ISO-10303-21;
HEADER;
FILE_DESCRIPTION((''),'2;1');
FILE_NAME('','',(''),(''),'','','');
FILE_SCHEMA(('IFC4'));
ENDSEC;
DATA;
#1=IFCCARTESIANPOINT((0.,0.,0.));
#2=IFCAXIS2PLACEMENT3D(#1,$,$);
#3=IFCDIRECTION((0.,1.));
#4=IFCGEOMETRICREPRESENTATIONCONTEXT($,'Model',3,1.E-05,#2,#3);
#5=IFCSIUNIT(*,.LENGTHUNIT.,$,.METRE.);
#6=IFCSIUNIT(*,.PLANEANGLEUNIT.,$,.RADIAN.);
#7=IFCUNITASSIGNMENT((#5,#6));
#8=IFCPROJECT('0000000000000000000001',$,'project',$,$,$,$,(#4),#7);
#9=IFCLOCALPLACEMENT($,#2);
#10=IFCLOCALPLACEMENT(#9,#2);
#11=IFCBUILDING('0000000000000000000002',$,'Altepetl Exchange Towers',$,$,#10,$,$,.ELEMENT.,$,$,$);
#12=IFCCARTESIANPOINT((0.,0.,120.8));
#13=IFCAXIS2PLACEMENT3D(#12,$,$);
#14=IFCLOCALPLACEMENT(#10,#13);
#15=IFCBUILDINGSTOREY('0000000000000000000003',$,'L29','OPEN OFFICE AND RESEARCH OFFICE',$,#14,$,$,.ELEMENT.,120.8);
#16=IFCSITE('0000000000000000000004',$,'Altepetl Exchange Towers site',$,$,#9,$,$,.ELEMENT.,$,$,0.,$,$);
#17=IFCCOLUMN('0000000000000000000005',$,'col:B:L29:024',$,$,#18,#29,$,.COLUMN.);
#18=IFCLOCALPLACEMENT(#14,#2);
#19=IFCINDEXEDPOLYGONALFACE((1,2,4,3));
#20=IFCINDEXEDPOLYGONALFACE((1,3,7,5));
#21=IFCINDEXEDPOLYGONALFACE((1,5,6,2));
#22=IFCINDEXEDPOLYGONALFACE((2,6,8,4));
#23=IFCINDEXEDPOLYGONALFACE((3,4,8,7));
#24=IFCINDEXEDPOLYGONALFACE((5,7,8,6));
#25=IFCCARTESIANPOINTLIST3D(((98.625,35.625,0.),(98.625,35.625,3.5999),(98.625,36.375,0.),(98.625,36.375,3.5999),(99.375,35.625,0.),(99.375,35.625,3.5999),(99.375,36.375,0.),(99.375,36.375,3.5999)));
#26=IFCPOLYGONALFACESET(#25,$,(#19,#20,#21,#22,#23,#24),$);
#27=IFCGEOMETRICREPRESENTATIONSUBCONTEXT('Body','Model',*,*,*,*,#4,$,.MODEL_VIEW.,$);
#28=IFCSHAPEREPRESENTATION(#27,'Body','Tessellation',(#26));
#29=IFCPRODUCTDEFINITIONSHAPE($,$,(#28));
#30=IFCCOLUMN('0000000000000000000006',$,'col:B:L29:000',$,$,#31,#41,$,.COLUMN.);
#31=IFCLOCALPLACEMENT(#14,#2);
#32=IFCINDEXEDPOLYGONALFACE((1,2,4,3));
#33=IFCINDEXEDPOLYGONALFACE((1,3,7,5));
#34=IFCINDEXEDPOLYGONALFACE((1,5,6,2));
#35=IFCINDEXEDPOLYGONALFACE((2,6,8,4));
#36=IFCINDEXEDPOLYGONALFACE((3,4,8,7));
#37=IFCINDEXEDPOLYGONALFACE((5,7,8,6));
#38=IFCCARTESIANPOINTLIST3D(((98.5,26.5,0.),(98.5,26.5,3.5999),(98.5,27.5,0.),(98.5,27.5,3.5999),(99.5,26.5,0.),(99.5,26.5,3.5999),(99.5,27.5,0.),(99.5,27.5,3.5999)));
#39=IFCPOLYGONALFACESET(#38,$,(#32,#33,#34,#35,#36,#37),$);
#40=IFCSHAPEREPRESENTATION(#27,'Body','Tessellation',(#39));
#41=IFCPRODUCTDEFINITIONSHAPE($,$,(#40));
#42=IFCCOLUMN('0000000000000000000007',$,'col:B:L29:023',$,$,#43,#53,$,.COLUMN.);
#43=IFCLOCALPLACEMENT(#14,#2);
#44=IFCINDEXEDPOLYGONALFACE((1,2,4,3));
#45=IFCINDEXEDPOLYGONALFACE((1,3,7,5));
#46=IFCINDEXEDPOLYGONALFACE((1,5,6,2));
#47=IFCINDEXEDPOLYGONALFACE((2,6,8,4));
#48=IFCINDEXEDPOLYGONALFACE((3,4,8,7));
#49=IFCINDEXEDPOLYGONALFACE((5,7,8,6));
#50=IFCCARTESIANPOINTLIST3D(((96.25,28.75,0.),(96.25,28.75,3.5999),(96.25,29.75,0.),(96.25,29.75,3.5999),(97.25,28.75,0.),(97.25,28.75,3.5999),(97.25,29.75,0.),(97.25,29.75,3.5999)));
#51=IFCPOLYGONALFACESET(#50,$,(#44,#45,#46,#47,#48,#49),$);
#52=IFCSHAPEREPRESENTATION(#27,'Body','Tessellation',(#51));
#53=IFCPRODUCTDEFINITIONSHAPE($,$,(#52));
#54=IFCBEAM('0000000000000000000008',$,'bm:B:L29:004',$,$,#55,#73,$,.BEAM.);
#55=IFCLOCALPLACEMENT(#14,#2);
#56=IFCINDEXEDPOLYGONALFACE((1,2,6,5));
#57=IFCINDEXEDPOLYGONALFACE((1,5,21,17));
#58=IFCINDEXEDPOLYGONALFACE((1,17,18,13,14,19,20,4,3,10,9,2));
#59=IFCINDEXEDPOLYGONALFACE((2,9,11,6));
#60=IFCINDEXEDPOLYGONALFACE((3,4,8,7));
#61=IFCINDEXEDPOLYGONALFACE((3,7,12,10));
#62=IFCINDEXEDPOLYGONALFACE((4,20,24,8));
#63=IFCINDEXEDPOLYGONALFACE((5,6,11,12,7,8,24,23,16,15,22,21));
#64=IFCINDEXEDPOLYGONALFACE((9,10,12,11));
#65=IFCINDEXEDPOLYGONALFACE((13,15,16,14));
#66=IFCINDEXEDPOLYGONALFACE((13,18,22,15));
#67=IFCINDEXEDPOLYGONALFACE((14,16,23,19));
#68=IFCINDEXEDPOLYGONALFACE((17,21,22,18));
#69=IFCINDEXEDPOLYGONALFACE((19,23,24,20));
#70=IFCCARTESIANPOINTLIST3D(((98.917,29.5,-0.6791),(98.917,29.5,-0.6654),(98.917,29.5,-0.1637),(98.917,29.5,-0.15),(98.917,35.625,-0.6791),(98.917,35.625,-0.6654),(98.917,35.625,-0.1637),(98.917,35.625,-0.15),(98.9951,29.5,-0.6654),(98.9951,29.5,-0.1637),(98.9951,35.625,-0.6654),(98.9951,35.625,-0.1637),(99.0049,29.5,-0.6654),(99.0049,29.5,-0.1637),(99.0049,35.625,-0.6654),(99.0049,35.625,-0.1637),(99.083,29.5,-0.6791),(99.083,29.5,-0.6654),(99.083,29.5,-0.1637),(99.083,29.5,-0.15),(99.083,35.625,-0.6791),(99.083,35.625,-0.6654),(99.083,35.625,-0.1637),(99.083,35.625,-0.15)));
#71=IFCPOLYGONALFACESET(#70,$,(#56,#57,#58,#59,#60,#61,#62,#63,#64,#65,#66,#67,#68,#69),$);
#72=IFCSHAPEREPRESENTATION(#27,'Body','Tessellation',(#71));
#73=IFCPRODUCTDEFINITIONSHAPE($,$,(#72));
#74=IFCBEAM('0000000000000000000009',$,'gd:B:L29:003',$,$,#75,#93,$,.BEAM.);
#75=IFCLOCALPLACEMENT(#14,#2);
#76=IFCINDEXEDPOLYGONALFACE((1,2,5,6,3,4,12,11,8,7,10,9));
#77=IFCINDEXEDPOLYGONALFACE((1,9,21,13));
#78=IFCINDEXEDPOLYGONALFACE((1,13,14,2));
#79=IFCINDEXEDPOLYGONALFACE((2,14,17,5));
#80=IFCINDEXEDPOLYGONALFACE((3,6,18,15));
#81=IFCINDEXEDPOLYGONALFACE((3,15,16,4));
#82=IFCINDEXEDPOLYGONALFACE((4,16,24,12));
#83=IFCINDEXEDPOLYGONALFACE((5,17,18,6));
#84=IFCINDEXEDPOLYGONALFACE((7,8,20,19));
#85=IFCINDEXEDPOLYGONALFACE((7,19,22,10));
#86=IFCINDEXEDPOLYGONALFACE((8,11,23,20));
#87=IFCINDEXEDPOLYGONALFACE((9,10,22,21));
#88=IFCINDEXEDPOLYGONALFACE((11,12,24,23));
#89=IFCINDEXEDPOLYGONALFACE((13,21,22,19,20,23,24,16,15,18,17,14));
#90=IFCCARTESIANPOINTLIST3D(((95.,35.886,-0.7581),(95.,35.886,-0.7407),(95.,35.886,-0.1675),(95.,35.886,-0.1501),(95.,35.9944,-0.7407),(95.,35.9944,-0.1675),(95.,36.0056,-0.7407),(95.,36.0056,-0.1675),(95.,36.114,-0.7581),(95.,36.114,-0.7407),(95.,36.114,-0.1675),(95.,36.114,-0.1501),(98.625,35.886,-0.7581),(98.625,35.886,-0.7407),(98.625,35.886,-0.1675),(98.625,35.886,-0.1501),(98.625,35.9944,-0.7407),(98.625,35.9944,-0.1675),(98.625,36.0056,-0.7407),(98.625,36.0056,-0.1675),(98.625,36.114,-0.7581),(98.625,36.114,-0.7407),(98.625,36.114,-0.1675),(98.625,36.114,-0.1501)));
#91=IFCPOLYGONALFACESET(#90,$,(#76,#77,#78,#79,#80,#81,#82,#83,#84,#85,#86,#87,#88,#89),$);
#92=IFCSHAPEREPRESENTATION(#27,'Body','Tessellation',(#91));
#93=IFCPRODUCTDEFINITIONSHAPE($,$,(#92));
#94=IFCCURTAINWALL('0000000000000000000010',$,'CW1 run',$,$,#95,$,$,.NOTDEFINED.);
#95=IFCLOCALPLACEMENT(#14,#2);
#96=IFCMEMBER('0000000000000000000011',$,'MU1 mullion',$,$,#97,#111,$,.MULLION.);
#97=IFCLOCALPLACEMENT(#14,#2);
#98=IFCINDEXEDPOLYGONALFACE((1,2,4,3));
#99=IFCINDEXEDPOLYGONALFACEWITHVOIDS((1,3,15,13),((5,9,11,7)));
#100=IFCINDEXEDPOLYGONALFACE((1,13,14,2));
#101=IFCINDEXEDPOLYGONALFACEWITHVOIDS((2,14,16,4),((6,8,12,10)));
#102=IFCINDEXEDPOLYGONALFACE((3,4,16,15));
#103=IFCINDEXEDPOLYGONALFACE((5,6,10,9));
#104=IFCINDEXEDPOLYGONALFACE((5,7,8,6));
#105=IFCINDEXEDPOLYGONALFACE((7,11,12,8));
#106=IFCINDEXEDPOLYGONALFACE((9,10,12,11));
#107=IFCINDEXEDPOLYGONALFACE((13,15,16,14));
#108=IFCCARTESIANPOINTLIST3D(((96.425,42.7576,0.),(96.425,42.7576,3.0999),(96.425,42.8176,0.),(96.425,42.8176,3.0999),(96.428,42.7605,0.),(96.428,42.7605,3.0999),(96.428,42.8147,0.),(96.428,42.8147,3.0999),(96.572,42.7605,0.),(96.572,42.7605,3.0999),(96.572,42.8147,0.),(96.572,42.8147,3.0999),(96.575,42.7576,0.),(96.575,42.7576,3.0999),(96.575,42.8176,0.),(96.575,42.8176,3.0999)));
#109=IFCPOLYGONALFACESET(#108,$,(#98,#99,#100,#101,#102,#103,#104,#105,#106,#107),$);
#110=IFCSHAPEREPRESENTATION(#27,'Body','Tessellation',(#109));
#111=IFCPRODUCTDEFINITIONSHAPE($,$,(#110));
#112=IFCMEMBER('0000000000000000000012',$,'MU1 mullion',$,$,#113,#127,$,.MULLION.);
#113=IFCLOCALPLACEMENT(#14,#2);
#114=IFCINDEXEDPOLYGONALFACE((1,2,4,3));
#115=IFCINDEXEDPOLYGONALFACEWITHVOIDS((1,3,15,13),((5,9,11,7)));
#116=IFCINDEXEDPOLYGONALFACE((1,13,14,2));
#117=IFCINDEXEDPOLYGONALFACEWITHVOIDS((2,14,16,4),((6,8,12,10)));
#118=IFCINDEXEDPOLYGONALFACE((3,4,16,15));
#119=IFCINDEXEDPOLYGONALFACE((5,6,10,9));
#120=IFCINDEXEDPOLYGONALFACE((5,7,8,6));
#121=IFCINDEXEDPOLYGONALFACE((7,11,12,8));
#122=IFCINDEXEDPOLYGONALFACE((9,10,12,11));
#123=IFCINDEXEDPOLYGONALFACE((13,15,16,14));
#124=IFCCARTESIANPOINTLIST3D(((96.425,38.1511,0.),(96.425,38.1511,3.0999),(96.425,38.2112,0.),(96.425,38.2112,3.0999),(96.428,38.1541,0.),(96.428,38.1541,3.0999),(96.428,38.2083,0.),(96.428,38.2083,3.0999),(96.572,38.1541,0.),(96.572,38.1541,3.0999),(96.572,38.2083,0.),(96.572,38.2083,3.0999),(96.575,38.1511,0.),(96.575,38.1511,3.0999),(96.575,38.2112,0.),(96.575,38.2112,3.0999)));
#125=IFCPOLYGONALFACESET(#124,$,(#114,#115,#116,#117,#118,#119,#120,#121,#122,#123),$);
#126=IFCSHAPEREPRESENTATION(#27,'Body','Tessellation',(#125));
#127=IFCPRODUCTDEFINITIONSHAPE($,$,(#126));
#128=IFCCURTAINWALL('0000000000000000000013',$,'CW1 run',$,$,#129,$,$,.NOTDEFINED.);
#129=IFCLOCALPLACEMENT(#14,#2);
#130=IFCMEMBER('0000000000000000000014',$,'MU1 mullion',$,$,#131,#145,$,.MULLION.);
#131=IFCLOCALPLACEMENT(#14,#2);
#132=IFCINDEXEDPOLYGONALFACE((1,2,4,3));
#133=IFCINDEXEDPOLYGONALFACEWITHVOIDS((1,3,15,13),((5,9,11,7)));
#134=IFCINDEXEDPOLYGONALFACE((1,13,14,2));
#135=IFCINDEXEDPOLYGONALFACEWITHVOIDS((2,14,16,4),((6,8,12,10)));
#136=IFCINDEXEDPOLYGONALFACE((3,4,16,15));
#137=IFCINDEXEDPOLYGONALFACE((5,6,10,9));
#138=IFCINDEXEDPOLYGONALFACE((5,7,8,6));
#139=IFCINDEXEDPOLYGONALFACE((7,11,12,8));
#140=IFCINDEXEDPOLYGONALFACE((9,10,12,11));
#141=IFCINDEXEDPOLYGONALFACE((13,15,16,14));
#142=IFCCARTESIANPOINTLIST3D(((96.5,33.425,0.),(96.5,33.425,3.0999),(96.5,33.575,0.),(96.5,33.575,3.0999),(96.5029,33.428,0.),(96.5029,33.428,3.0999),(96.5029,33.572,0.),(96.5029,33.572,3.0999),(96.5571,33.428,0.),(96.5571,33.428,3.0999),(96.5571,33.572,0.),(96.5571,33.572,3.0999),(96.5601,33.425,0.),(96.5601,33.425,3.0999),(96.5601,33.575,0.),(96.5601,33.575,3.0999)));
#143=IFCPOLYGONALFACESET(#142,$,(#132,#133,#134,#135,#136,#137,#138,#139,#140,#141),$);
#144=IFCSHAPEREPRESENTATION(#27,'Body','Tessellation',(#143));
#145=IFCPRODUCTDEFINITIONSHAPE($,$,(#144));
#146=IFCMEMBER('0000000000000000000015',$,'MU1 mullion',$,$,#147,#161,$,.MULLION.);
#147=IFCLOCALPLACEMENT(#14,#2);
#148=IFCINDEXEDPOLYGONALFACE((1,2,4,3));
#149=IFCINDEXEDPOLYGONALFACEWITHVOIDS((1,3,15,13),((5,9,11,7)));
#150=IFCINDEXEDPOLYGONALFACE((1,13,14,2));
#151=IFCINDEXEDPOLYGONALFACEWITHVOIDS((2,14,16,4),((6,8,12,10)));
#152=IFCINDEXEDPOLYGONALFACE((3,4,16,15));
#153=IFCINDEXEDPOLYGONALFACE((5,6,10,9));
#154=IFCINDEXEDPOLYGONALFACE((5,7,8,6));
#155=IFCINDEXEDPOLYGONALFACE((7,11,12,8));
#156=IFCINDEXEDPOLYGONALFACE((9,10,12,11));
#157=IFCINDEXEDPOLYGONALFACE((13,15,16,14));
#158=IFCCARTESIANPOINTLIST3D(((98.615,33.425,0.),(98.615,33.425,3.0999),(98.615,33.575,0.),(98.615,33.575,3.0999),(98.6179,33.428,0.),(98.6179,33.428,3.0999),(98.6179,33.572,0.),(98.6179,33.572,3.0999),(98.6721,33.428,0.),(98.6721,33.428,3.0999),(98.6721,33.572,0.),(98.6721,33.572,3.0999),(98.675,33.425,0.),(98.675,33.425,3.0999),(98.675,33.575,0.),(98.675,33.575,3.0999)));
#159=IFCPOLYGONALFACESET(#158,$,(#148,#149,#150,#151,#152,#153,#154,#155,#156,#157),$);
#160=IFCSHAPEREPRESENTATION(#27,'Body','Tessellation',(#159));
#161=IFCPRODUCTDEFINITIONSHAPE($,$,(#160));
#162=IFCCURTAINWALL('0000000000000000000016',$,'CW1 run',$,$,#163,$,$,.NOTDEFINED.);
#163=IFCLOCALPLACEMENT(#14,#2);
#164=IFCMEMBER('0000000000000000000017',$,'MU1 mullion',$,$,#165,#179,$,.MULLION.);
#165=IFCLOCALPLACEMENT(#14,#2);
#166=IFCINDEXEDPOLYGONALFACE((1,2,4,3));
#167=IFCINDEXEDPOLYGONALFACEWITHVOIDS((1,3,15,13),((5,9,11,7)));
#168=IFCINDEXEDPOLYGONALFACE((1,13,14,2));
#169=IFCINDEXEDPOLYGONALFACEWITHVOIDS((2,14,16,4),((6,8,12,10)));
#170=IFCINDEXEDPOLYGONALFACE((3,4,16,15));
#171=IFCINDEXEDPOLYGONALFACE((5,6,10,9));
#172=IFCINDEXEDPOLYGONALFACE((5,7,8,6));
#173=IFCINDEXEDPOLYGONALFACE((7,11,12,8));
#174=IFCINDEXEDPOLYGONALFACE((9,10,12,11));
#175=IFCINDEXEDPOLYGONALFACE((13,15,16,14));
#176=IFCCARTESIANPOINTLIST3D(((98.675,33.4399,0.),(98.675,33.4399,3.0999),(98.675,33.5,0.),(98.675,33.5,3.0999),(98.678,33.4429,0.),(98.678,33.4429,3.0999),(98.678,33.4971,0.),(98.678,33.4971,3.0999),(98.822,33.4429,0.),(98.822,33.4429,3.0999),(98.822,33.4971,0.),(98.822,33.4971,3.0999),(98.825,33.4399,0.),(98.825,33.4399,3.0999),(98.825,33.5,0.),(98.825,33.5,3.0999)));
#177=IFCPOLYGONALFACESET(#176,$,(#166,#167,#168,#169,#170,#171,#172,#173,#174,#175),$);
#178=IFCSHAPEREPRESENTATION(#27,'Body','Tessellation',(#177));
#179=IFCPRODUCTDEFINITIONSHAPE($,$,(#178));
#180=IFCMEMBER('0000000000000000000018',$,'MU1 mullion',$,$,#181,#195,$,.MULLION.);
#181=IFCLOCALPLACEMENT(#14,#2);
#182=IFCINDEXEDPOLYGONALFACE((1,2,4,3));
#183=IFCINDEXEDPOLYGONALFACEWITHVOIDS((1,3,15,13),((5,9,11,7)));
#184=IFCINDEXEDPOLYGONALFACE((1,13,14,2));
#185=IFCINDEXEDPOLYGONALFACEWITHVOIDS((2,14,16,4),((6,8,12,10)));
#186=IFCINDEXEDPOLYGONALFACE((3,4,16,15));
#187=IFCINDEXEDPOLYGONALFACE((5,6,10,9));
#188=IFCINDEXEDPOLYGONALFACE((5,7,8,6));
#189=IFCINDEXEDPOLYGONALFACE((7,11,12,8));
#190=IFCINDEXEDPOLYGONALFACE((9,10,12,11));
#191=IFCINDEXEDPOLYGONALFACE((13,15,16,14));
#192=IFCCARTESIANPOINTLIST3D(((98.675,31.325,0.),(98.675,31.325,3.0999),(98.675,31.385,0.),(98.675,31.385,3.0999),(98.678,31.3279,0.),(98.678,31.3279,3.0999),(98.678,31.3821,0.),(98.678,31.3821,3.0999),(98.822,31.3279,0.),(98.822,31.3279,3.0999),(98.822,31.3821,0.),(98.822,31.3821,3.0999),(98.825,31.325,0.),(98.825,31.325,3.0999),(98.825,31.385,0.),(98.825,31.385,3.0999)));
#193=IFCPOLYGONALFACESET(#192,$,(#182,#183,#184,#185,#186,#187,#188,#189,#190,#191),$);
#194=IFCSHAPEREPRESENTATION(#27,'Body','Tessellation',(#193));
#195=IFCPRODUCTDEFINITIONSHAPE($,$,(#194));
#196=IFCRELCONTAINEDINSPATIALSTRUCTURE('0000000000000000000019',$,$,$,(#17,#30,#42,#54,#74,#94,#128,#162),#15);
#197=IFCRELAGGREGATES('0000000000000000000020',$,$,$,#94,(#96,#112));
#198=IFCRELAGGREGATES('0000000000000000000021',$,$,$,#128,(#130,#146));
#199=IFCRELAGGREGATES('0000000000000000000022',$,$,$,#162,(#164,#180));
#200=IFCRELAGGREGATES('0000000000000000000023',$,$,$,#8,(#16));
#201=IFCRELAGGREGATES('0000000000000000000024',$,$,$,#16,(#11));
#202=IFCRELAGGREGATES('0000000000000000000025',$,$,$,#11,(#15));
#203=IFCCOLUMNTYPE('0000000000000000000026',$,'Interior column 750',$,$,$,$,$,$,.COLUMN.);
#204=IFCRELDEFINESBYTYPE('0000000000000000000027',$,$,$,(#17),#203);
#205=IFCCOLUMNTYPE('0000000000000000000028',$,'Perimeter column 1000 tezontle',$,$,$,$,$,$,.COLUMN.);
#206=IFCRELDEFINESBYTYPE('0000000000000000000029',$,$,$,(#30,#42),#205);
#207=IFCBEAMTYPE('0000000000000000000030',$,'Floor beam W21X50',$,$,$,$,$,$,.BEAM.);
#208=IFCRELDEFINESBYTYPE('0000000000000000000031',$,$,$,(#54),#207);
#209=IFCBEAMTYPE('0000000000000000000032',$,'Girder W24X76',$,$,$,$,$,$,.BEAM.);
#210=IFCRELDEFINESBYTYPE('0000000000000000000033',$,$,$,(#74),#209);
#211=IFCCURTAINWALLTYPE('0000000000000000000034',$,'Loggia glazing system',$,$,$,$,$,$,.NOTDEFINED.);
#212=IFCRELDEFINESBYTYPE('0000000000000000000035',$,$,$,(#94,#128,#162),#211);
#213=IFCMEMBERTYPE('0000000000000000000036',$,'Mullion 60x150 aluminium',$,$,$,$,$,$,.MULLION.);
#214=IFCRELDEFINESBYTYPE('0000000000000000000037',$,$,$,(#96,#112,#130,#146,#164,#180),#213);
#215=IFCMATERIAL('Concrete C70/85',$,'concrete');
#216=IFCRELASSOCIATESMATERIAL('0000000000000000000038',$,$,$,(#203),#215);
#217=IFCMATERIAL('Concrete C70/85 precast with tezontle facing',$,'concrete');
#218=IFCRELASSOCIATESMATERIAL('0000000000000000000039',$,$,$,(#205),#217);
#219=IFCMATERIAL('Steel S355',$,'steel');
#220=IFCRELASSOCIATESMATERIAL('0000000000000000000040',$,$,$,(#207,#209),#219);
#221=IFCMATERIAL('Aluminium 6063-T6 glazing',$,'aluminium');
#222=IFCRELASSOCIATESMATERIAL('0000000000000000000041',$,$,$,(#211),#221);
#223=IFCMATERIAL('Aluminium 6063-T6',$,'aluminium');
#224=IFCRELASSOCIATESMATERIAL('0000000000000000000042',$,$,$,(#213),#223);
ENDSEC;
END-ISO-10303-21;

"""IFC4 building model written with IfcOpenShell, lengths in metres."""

from ifc_helpers import new_model, si_unit, direction, frame, origin, origin_2d, place, context, subcontext, project, spatial, rectangle, hollow_rectangle, i_section, extrude, material, material_profile, profile_set, type_object, element, aggregate, save


model = new_model("IFC4")

# Units and contexts
model_context = context("Model", 3, precision=1e-05, world=origin(), true_north=direction((0.0, 1.0)))
body_context = subcontext(model_context, "Body", "Model", "MODEL_VIEW")
ifc_project = project(units=[si_unit("LENGTHUNIT", "METRE"), si_unit("PLANEANGLEUNIT", "RADIAN")], contexts=[model_context])

# Site, building, storey
site_placement = place(None, origin())
site = spatial("IfcSite", under=ifc_project, at=site_placement, Name="Altepetl Exchange Towers site", CompositionType="ELEMENT", RefElevation=0.0)
building_placement = place(site_placement, origin())
building = spatial("IfcBuilding", under=site, at=building_placement, Name="Altepetl Exchange Towers", CompositionType="ELEMENT")
storey_placement = place(building_placement, frame((0.0, 0.0, 120.8)))
storey = spatial("IfcBuildingStorey", under=building, at=storey_placement, Name="L29", Description="OPEN OFFICE AND RESEARCH OFFICE", CompositionType="ELEMENT", Elevation=120.8)

# Columns
ifc_material_1 = material(Name="Concrete C70/85", Category="concrete")
ifc_material_profile_1 = material_profile(ifc_material_1, rectangle(XDim=0.75, YDim=0.75, at=origin_2d()), Name="750 x 750")
ifc_profile_set_1 = profile_set([ifc_material_profile_1], Name="Concrete C70/85")
column_type_1 = type_object("IfcColumnType", Name="Interior column 750", PredefinedType="COLUMN", material=ifc_profile_set_1)
column_placement = place(storey_placement, frame((99.0, 36.0, 0.0)))
element("IfcColumn", 1, at=column_placement, inside=storey, type_object=column_type_1, Name="col:B:L29:024", PredefinedType="COLUMN", context=body_context, shape_type="SweptSolid", body=[
    extrude(rectangle(XDim=0.75, YDim=0.75, at=origin_2d()), origin(), (0.0, 0.0, 1.0), 3.5999),
])
ifc_material_2 = material(Name="Concrete C70/85 precast with tezontle facing", Category="concrete")
ifc_material_profile_2 = material_profile(ifc_material_2, rectangle(XDim=1.0, YDim=1.0, at=origin_2d()), Name="1000 x 1000")
ifc_profile_set_2 = profile_set([ifc_material_profile_2], Name="Concrete C70/85 precast with tezontle facing")
column_type_2 = type_object("IfcColumnType", Name="Perimeter column 1000 tezontle", PredefinedType="COLUMN", material=ifc_profile_set_2)
for number, where, name in (
    (2, (99.0, 27.0, 0.0), "col:B:L29:000"),
    (3, (96.75, 29.25, 0.0), "col:B:L29:023"),
):
    element("IfcColumn", number, at=place(storey_placement, frame(where)), inside=storey, type_object=column_type_2, Name=name, PredefinedType="COLUMN", context=body_context, shape_type="SweptSolid", body=[
        extrude(rectangle(XDim=1.0, YDim=1.0, at=origin_2d()), origin(), (0.0, 0.0, 1.0), 3.5999),
    ])

# Beams
ifc_material_3 = material(Name="Steel S355", Category="steel")
ifc_material_profile_3 = material_profile(ifc_material_3, i_section(OverallWidth=0.166, OverallDepth=0.5291, WebThickness=0.0098, FlangeThickness=0.0137, at=origin_2d()), Name="W21X50")
ifc_profile_set_3 = profile_set([ifc_material_profile_3], Name="Steel S355")
beam_type_1 = type_object("IfcBeamType", Name="Floor beam W21X50", PredefinedType="BEAM", material=ifc_profile_set_3)
beam_1_placement = place(storey_placement, frame((99.0, 29.5, -0.4146), z_axis=(0.0, 1.0, 0.0), x_axis=(-1.0, 0.0, 0.0)))
element("IfcBeam", 4, at=beam_1_placement, inside=storey, type_object=beam_type_1, Name="bm:B:L29:004", PredefinedType="BEAM", context=body_context, shape_type="SweptSolid", body=[
    extrude(i_section(OverallWidth=0.166, OverallDepth=0.5291, WebThickness=0.0098, FlangeThickness=0.0137, at=origin_2d()), origin(), (0.0, 0.0, 1.0), 6.125),
])
ifc_material_profile_4 = material_profile(ifc_material_3, i_section(OverallWidth=0.228, OverallDepth=0.6079, WebThickness=0.0112, FlangeThickness=0.0173, at=origin_2d()), Name="W24X76")
ifc_profile_set_4 = profile_set([ifc_material_profile_4], Name="Steel S355")
beam_type_2 = type_object("IfcBeamType", Name="Girder W24X76", PredefinedType="BEAM", material=ifc_profile_set_4)
beam_2_placement = place(storey_placement, frame((98.625, 36.0, -0.4541), z_axis=(-1.0, 0.0, 0.0), x_axis=(0.0, -1.0, 0.0)))
element("IfcBeam", 5, at=beam_2_placement, inside=storey, type_object=beam_type_2, Name="gd:B:L29:003", PredefinedType="BEAM", context=body_context, shape_type="SweptSolid", body=[
    extrude(i_section(OverallWidth=0.228, OverallDepth=0.6079, WebThickness=0.0112, FlangeThickness=0.0173, at=origin_2d()), origin(), (0.0, 0.0, 1.0), 3.625),
])

# Curtain walls, members
ifc_material_4 = material(Name="Aluminium 6063-T6 glazing", Category="aluminium")
curtain_wall_type = type_object("IfcCurtainWallType", Name="Loggia glazing system", PredefinedType="NOTDEFINED", material=ifc_material_4)
curtain_wall_1_placement = place(storey_placement, origin())
curtain_wall_1 = element("IfcCurtainWall", 6, at=curtain_wall_1_placement, inside=storey, type_object=curtain_wall_type, Name="CW1 run", PredefinedType="NOTDEFINED")
ifc_material_5 = material(Name="Aluminium 6063-T6", Category="aluminium")
ifc_material_profile_5 = material_profile(ifc_material_5, hollow_rectangle(XDim=0.0601, YDim=0.1499, WallThickness=0.0029, at=origin_2d()), Name="Mullion 60x150 aluminium")
ifc_profile_set_5 = profile_set([ifc_material_profile_5], Name="Aluminium 6063-T6")
member_type = type_object("IfcMemberType", Name="Mullion 60x150 aluminium", PredefinedType="MULLION", material=ifc_profile_set_5)
member_1_placement = place(storey_placement, frame((96.5, 42.7876, 0.0), z_axis=(0.0, 0.0, 1.0), x_axis=(0.0, -1.0, 0.0)))
member_1 = element("IfcMember", 7, at=member_1_placement, type_object=member_type, Name="MU1 mullion", PredefinedType="MULLION", context=body_context, shape_type="SweptSolid", body=[
    extrude(hollow_rectangle(XDim=0.0601, YDim=0.1499, WallThickness=0.0029, at=origin_2d()), origin(), (0.0, 0.0, 1.0), 3.0999),
])
member_2_placement = place(storey_placement, frame((96.5, 38.1812, 0.0), z_axis=(0.0, 0.0, 1.0), x_axis=(0.0, -1.0, 0.0)))
member_2 = element("IfcMember", 8, at=member_2_placement, type_object=member_type, Name="MU1 mullion", PredefinedType="MULLION", context=body_context, shape_type="SweptSolid", body=[
    extrude(hollow_rectangle(XDim=0.0601, YDim=0.1499, WallThickness=0.0029, at=origin_2d()), origin(), (0.0, 0.0, 1.0), 3.0999),
])
curtain_wall_2_placement = place(storey_placement, origin())
curtain_wall_2 = element("IfcCurtainWall", 9, at=curtain_wall_2_placement, inside=storey, type_object=curtain_wall_type, Name="CW1 run", PredefinedType="NOTDEFINED")
member_3_placement = place(storey_placement, frame((96.53, 33.5, 0.0)))
member_3 = element("IfcMember", 10, at=member_3_placement, type_object=member_type, Name="MU1 mullion", PredefinedType="MULLION", context=body_context, shape_type="SweptSolid", body=[
    extrude(hollow_rectangle(XDim=0.0601, YDim=0.1499, WallThickness=0.0029, at=origin_2d()), origin(), (0.0, 0.0, 1.0), 3.0999),
])
member_4_placement = place(storey_placement, frame((98.645, 33.5, 0.0)))
member_4 = element("IfcMember", 11, at=member_4_placement, type_object=member_type, Name="MU1 mullion", PredefinedType="MULLION", context=body_context, shape_type="SweptSolid", body=[
    extrude(hollow_rectangle(XDim=0.0601, YDim=0.1499, WallThickness=0.0029, at=origin_2d()), origin(), (0.0, 0.0, 1.0), 3.0999),
])
curtain_wall_3_placement = place(storey_placement, origin())
curtain_wall_3 = element("IfcCurtainWall", 12, at=curtain_wall_3_placement, inside=storey, type_object=curtain_wall_type, Name="CW1 run", PredefinedType="NOTDEFINED")
member_5_placement = place(storey_placement, frame((98.75, 33.47, 0.0), z_axis=(0.0, 0.0, 1.0), x_axis=(0.0, -1.0, 0.0)))
member_5 = element("IfcMember", 13, at=member_5_placement, type_object=member_type, Name="MU1 mullion", PredefinedType="MULLION", context=body_context, shape_type="SweptSolid", body=[
    extrude(hollow_rectangle(XDim=0.0601, YDim=0.1499, WallThickness=0.0029, at=origin_2d()), origin(), (0.0, 0.0, 1.0), 3.0999),
])
member_6_placement = place(storey_placement, frame((98.75, 31.355, 0.0), z_axis=(0.0, 0.0, 1.0), x_axis=(0.0, -1.0, 0.0)))
member_6 = element("IfcMember", 14, at=member_6_placement, type_object=member_type, Name="MU1 mullion", PredefinedType="MULLION", context=body_context, shape_type="SweptSolid", body=[
    extrude(hollow_rectangle(XDim=0.0601, YDim=0.1499, WallThickness=0.0029, at=origin_2d()), origin(), (0.0, 0.0, 1.0), 3.0999),
])

aggregate(curtain_wall_1, [member_1, member_2])
aggregate(curtain_wall_2, [member_3, member_4])
aggregate(curtain_wall_3, [member_5, member_6])

save(model, "model.ifc")
